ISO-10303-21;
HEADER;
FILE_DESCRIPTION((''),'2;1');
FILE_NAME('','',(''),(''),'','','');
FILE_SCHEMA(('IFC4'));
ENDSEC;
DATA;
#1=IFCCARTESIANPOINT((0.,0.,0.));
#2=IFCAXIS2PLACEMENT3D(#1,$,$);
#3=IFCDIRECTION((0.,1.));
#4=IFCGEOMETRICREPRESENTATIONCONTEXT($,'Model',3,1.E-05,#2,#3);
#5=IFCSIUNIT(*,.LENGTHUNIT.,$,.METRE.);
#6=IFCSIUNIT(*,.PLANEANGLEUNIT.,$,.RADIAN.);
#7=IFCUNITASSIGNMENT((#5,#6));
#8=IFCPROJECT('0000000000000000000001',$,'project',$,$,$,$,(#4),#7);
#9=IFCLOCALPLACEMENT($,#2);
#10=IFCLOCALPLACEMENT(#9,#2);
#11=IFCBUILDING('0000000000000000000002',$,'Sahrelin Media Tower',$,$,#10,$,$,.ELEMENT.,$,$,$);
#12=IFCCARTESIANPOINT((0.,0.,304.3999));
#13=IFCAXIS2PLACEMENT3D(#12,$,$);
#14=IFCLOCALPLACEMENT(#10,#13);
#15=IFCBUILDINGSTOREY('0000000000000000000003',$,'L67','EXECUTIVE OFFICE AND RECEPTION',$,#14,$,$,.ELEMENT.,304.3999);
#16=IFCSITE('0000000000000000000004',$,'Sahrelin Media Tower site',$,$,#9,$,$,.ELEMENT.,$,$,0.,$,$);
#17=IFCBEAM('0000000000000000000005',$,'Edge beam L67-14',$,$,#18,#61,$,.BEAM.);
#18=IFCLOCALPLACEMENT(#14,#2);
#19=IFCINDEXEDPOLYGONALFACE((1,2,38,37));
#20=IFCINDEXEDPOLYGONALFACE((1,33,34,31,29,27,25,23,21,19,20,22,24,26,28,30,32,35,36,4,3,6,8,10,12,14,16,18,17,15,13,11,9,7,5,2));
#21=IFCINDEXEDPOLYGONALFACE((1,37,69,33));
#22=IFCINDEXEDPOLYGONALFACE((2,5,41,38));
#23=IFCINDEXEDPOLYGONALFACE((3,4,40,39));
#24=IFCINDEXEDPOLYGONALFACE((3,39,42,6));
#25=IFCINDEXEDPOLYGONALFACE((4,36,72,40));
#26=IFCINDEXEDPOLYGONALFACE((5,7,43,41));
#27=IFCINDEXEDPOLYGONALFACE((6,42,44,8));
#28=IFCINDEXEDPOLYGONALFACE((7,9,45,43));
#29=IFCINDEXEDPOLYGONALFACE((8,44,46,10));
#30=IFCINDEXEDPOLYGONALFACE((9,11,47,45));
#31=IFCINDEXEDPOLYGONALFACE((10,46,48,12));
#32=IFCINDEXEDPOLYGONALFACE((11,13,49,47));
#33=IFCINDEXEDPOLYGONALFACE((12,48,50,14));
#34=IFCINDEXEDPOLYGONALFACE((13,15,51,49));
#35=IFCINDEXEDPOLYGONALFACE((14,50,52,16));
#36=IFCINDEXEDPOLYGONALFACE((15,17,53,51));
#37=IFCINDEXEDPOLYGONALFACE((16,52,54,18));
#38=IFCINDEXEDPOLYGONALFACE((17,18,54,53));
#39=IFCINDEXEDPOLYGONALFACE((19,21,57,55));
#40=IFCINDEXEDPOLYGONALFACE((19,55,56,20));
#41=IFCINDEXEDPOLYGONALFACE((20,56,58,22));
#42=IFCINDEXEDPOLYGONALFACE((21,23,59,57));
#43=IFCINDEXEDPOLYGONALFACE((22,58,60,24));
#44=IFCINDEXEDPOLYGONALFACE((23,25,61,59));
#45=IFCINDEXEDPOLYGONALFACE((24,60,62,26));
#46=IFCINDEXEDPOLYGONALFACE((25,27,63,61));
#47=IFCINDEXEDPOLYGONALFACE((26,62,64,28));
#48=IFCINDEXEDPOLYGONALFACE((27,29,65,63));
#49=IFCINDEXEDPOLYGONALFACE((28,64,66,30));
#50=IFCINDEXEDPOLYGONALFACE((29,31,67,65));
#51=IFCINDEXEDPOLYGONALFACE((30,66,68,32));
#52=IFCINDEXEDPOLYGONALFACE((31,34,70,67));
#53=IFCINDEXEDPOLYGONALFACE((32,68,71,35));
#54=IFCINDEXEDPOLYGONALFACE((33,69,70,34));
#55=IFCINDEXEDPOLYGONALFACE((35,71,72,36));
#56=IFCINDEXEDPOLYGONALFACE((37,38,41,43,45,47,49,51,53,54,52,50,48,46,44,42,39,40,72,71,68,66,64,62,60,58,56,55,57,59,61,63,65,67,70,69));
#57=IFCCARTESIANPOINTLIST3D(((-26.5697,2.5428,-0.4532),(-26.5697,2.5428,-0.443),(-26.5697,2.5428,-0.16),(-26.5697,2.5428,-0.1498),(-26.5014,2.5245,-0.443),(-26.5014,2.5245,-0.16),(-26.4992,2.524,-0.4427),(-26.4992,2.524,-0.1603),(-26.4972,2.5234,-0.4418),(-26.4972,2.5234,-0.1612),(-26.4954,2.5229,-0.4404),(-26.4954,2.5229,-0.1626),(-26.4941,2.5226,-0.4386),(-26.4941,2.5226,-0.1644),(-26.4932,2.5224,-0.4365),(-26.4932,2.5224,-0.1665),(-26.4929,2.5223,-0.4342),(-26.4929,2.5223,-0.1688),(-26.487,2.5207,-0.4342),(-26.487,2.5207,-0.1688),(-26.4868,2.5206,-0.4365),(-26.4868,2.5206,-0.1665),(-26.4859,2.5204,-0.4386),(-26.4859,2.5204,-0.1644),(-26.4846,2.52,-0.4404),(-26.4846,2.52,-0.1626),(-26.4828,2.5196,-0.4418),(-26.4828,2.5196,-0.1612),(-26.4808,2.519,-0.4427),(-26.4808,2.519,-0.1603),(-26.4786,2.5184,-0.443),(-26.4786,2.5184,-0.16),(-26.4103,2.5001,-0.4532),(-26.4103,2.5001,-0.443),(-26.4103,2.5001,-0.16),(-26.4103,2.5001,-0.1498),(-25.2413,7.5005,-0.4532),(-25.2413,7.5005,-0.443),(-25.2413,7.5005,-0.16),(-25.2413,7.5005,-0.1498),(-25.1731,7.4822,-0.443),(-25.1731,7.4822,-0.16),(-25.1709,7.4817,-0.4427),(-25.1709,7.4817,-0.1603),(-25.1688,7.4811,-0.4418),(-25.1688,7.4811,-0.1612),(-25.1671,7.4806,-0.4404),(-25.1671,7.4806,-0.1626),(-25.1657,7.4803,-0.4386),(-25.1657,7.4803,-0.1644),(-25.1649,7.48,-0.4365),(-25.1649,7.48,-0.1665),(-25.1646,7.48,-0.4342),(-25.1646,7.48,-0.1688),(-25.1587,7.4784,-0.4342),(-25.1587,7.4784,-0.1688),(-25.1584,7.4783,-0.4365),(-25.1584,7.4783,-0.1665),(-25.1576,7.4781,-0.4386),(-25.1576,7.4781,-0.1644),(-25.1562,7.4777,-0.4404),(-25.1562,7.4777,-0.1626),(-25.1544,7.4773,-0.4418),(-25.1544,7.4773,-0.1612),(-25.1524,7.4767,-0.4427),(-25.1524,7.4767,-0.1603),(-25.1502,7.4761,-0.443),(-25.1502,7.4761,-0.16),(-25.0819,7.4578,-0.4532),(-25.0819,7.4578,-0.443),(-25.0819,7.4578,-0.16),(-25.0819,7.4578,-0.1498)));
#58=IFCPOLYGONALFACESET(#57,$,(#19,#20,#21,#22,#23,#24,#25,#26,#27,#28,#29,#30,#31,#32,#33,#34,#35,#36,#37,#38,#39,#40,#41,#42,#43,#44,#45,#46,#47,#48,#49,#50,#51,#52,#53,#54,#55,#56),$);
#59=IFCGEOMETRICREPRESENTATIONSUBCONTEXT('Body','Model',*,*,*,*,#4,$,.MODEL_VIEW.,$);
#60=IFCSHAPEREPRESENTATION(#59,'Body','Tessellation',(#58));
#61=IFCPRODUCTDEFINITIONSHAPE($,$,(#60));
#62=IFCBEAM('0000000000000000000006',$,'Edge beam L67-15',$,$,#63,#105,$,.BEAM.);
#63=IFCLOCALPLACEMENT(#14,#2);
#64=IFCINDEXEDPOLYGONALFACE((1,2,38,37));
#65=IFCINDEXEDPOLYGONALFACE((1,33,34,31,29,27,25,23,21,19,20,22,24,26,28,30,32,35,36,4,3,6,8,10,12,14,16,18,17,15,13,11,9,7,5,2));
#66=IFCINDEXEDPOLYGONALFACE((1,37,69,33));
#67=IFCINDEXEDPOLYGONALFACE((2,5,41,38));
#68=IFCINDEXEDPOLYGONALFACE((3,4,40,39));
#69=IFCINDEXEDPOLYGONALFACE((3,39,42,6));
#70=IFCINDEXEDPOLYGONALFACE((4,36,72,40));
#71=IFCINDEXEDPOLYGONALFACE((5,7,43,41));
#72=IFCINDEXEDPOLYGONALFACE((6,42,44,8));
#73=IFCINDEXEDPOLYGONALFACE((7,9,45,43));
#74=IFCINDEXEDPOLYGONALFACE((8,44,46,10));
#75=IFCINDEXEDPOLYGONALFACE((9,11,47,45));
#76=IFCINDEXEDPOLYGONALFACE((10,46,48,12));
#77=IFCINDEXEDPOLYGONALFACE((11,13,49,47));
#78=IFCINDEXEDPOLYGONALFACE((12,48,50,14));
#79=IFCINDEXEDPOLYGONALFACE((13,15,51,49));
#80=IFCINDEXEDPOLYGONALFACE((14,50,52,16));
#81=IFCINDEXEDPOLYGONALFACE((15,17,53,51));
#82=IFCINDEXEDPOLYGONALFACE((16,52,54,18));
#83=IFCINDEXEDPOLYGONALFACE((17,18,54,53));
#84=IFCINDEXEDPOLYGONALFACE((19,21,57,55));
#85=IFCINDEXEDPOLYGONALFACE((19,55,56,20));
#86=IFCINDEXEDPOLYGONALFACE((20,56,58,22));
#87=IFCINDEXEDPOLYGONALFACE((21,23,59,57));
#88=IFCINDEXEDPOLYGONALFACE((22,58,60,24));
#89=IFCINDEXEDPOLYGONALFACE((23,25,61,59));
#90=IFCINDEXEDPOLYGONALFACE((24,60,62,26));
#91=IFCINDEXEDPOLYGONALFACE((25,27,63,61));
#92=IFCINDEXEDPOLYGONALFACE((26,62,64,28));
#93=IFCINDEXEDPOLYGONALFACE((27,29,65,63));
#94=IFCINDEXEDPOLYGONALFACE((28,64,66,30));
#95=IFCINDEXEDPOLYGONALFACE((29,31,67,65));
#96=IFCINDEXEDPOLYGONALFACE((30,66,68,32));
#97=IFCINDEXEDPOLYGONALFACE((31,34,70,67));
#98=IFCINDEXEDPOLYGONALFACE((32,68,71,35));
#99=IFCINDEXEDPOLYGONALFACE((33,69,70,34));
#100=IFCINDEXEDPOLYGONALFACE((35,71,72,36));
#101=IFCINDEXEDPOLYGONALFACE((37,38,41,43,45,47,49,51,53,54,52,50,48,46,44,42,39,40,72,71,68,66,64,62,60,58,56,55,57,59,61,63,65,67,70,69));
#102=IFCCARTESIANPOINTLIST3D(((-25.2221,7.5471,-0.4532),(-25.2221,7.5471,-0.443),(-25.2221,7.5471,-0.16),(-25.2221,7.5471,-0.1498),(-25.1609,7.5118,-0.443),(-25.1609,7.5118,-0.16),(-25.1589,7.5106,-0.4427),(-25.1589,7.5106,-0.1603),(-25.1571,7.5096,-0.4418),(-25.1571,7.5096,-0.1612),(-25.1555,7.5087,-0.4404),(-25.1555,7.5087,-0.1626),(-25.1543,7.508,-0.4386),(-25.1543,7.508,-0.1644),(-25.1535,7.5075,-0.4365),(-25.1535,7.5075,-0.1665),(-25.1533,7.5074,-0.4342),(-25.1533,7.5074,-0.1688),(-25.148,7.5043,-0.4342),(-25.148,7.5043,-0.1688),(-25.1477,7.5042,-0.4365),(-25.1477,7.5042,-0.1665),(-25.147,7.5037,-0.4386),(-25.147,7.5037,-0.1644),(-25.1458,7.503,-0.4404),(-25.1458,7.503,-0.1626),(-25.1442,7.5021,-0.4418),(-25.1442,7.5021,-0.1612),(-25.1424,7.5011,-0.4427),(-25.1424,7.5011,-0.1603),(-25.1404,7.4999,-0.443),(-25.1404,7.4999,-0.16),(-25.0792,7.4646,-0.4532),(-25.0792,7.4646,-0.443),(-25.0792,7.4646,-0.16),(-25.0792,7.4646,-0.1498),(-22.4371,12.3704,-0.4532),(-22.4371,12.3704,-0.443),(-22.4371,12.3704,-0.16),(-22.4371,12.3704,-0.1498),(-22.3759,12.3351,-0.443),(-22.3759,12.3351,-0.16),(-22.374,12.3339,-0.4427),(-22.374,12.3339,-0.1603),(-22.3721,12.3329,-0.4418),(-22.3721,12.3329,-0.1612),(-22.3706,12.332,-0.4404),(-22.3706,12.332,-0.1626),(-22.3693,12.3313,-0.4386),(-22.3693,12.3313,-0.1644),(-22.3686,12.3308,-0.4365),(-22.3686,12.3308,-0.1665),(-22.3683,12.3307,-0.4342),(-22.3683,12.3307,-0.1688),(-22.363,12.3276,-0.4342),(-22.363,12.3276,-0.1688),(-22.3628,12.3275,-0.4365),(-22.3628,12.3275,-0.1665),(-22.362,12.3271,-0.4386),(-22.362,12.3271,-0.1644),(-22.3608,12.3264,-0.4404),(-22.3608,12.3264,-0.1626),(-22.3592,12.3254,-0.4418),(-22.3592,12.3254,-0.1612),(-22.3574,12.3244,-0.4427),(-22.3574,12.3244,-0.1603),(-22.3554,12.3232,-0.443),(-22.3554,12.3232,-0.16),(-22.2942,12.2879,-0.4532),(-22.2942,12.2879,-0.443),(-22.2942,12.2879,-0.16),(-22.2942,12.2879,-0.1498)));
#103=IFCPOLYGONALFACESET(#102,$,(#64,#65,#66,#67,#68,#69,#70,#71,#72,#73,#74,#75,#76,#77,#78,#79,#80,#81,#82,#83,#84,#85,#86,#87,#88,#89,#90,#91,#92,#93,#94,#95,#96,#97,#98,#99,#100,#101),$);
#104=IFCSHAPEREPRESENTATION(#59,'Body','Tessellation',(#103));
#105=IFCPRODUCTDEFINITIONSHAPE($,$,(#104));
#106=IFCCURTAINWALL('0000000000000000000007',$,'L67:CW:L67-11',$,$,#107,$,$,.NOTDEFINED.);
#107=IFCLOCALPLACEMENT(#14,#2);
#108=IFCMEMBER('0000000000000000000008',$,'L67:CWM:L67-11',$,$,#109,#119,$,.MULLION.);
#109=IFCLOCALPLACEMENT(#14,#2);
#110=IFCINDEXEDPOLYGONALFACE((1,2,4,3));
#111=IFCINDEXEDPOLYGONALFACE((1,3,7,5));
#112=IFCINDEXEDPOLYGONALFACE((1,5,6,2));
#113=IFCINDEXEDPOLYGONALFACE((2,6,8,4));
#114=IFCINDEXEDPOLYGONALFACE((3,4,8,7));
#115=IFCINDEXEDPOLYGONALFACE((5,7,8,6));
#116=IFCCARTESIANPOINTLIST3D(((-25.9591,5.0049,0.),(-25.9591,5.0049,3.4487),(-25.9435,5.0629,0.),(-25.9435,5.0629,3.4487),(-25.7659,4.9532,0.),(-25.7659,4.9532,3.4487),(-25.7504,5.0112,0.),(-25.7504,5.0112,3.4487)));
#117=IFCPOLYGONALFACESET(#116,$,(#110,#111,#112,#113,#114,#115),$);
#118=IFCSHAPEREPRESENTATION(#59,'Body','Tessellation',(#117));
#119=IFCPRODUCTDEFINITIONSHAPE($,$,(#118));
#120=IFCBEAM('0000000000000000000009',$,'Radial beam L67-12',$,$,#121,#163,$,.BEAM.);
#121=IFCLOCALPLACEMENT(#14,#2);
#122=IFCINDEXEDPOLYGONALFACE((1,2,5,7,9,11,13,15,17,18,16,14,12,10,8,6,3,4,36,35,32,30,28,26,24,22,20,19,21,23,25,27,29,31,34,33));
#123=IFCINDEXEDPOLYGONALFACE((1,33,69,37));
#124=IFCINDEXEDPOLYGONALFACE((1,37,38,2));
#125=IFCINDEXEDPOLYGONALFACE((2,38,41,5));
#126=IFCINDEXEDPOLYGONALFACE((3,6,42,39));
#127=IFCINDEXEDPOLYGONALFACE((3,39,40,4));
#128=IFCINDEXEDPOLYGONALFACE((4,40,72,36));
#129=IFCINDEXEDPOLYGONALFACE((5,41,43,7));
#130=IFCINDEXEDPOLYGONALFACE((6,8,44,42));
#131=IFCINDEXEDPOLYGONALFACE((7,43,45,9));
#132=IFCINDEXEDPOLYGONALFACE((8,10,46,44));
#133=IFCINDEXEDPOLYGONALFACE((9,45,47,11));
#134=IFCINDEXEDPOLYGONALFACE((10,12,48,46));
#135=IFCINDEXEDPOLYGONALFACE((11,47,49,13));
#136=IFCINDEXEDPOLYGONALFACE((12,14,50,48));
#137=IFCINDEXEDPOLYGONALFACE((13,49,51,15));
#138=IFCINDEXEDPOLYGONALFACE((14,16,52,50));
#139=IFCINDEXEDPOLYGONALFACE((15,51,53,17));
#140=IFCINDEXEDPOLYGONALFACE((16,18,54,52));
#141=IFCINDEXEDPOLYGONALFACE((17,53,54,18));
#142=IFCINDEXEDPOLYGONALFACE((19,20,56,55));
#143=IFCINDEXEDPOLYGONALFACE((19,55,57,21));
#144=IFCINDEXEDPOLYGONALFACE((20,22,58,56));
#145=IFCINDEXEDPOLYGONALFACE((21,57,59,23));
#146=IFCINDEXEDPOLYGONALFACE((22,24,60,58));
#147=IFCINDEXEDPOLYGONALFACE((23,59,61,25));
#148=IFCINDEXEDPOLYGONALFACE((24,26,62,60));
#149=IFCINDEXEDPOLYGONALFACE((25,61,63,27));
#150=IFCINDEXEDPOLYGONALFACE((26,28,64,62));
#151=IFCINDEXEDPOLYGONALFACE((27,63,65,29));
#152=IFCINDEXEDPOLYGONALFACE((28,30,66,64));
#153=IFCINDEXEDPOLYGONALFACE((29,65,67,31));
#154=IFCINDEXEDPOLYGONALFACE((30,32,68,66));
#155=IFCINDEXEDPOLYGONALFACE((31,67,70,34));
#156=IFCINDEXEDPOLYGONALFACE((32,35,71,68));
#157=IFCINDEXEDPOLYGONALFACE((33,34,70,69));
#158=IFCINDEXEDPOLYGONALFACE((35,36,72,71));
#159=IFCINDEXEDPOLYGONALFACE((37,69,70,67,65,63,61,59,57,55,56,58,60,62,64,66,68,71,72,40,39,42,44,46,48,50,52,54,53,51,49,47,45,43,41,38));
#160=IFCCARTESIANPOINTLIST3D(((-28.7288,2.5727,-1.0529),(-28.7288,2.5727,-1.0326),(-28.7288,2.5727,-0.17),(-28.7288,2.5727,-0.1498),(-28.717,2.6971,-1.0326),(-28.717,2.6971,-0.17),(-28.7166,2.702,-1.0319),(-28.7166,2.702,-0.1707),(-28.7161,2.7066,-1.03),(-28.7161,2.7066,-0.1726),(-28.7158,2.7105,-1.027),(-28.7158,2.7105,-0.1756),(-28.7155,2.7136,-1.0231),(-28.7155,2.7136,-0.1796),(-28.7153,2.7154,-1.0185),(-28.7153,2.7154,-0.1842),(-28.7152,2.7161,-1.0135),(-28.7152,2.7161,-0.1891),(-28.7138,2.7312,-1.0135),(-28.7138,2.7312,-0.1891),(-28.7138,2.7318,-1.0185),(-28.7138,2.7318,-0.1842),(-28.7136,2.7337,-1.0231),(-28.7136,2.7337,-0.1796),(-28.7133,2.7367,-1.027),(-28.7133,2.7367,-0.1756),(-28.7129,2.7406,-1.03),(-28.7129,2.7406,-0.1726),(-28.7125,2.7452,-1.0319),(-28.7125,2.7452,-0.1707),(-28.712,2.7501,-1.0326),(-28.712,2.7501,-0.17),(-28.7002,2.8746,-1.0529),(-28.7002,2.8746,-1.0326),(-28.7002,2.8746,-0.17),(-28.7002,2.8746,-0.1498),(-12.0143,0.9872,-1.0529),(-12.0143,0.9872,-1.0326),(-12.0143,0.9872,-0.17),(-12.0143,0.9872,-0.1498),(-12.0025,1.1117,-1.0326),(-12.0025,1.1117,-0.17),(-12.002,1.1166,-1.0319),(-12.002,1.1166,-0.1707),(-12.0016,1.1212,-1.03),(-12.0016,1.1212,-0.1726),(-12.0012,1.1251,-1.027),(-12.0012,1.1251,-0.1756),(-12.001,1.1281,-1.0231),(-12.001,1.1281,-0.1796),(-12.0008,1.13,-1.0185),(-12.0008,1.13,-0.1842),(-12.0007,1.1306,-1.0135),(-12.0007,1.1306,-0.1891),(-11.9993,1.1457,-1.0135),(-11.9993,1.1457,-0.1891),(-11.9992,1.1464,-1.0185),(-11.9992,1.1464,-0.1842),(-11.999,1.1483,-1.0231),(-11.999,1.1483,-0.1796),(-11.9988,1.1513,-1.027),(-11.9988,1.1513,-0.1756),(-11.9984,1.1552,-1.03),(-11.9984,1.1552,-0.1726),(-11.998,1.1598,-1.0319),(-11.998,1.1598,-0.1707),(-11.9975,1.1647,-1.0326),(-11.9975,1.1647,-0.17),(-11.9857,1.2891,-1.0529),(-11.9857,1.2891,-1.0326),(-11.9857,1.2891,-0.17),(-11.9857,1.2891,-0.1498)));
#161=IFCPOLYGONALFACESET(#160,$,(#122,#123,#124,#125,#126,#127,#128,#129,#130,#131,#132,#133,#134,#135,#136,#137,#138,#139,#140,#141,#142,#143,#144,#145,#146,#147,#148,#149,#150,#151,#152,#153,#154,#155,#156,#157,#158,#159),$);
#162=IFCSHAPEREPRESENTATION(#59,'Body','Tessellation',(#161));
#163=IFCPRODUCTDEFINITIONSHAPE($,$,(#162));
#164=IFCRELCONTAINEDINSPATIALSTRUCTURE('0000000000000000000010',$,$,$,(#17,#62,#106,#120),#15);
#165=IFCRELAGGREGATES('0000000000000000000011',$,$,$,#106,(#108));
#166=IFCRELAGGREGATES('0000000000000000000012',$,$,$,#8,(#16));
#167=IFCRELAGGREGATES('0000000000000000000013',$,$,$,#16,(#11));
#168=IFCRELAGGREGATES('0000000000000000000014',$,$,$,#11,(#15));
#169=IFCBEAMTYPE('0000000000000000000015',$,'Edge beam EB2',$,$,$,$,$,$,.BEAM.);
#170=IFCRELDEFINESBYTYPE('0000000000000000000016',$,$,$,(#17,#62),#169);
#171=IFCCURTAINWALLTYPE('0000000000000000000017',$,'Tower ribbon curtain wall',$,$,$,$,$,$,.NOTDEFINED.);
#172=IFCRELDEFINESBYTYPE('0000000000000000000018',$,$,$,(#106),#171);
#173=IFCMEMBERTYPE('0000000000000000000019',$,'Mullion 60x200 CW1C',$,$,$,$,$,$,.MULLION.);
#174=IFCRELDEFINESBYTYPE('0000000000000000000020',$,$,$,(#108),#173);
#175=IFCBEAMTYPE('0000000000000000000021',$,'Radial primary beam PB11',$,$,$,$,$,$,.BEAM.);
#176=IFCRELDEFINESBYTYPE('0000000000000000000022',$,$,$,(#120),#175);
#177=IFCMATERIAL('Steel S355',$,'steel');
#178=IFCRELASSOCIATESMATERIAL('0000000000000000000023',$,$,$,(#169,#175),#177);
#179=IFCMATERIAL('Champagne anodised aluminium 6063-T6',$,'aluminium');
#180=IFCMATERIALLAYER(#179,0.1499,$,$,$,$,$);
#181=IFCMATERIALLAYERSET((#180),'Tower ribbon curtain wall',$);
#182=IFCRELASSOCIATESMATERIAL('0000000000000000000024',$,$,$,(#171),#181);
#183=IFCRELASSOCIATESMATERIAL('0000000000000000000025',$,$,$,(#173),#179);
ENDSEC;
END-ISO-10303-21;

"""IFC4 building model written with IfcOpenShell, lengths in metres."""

from ifc_helpers import new_model, si_unit, direction, frame, origin, origin_2d, place, context, subcontext, project, spatial, rectangle, i_section, extrude, material, layer, layer_set, material_profile, profile_set, type_object, element, aggregate, save


model = new_model("IFC4")

# Units and contexts
model_context = context("Model", 3, precision=1e-05, world=origin(), true_north=direction((0.0, 1.0)))
body_context = subcontext(model_context, "Body", "Model", "MODEL_VIEW")
ifc_project = project(units=[si_unit("LENGTHUNIT", "METRE"), si_unit("PLANEANGLEUNIT", "RADIAN")], contexts=[model_context])

# Site, building, storey
site_placement = place(None, origin())
site = spatial("IfcSite", under=ifc_project, at=site_placement, Name="Sahrelin Media Tower site", CompositionType="ELEMENT", RefElevation=0.0)
building_placement = place(site_placement, origin())
building = spatial("IfcBuilding", under=site, at=building_placement, Name="Sahrelin Media Tower", CompositionType="ELEMENT")
storey_placement = place(building_placement, frame((0.0, 0.0, 304.3999)))
storey = spatial("IfcBuildingStorey", under=building, at=storey_placement, Name="L67", Description="EXECUTIVE OFFICE AND RECEPTION", CompositionType="ELEMENT", Elevation=304.3999)

# Beams
ifc_material_1 = material(Name="Steel S355", Category="steel")
ifc_material_profile_1 = material_profile(ifc_material_1, i_section(OverallWidth=0.165, OverallDepth=0.3035, WebThickness=0.0061, FlangeThickness=0.0103, FilletRadius=0.0088, at=origin_2d()), Name="UB 305x165x40")
ifc_profile_set_1 = profile_set([ifc_material_profile_1], Name="Steel S355")
beam_type_1 = type_object("IfcBeamType", Name="Edge beam EB2", PredefinedType="BEAM", material=ifc_profile_set_1)
beam_1_placement = place(storey_placement, frame((-26.49, 2.5215, -0.3015), z_axis=(0.258808, 0.965929, 0.0), x_axis=(-0.965929, 0.258808, 0.0)))
element("IfcBeam", 1, at=beam_1_placement, inside=storey, type_object=beam_type_1, Name="Edge beam L67-14", PredefinedType="BEAM", context=body_context, shape_type="SweptSolid", body=[
    extrude(i_section(OverallWidth=0.165, OverallDepth=0.3035, WebThickness=0.0061, FlangeThickness=0.0103, FilletRadius=0.0088, at=origin_2d()), origin(), (0.0, 0.0, 1.0), 5.1326),
])
beam_2_placement = place(storey_placement, frame((-25.1506, 7.5059, -0.3015), z_axis=(0.500029, 0.866009, 0.0), x_axis=(-0.866009, 0.500029, 0.0)))
element("IfcBeam", 2, at=beam_2_placement, inside=storey, type_object=beam_type_1, Name="Edge beam L67-15", PredefinedType="BEAM", context=body_context, shape_type="SweptSolid", body=[
    extrude(i_section(OverallWidth=0.165, OverallDepth=0.3035, WebThickness=0.0061, FlangeThickness=0.0103, FilletRadius=0.0088, at=origin_2d()), origin(), (0.0, 0.0, 1.0), 5.5696),
])

# Curtain wall, member
ifc_material_2 = material(Name="Champagne anodised aluminium 6063-T6", Category="aluminium")
ifc_layer_1 = layer(ifc_material_2, 0.1499)
ifc_layer_set_1 = layer_set([ifc_layer_1], Name="Tower ribbon curtain wall")
curtain_wall_type = type_object("IfcCurtainWallType", Name="Tower ribbon curtain wall", PredefinedType="NOTDEFINED", material=ifc_layer_set_1)
curtain_wall_1_placement = place(storey_placement, frame((-25.9707, 5.0393, 0.0), z_axis=(0.0, 0.0, 1.0), x_axis=(1.0, 0.0, 0.0)))
curtain_wall_1 = element("IfcCurtainWall", 3, at=curtain_wall_1_placement, inside=storey, type_object=curtain_wall_type, Name="L67:CW:L67-11", PredefinedType="NOTDEFINED")
ifc_material_profile_2 = material_profile(ifc_material_2, rectangle(XDim=0.0601, YDim=0.2, at=origin_2d()), Name="Mullion 60x200")
ifc_profile_set_2 = profile_set([ifc_material_profile_2], Name="Champagne anodised aluminium 6063-T6")
member_type_1 = type_object("IfcMemberType", Name="Mullion 60x200 CW1C", PredefinedType="MULLION", material=ifc_profile_set_2)
member_1_placement = place(storey_placement, frame((-25.8547, 5.0081, 0.0), z_axis=(0.0, 0.0, 1.0), x_axis=(-0.258816, -0.965927, 0.0)))
member_1 = element("IfcMember", 4, at=member_1_placement, type_object=member_type_1, Name="L67:CWM:L67-11", PredefinedType="MULLION", context=body_context, shape_type="SweptSolid", body=[
    extrude(rectangle(XDim=0.0601, YDim=0.2, at=origin_2d()), origin(), (0.0, 0.0, 1.0), 3.4487),
])

# Beam
ifc_material_profile_3 = material_profile(ifc_material_1, i_section(OverallWidth=0.3032, OverallDepth=0.9031, WebThickness=0.0151, FlangeThickness=0.0203, FilletRadius=0.019, at=origin_2d()), Name="UB 914x305x201")
ifc_profile_set_3 = profile_set([ifc_material_profile_3], Name="Steel S355")
beam_type_2 = type_object("IfcBeamType", Name="Radial primary beam PB11", PredefinedType="BEAM", material=ifc_profile_set_3)
beam_3_placement = place(storey_placement, frame((-12.0, 1.1382, -0.6013), z_axis=(-0.995531, 0.09443, 0.0), x_axis=(-0.09443, -0.995531, 0.0)))
element("IfcBeam", 5, at=beam_3_placement, inside=storey, type_object=beam_type_2, Name="Radial beam L67-12", PredefinedType="BEAM", context=body_context, shape_type="SweptSolid", body=[
    extrude(i_section(OverallWidth=0.3032, OverallDepth=0.9031, WebThickness=0.0151, FlangeThickness=0.0203, FilletRadius=0.019, at=origin_2d()), origin(), (0.0, 0.0, 1.0), 16.7896),
])

aggregate(curtain_wall_1, [member_1])

save(model, "model.ifc")
